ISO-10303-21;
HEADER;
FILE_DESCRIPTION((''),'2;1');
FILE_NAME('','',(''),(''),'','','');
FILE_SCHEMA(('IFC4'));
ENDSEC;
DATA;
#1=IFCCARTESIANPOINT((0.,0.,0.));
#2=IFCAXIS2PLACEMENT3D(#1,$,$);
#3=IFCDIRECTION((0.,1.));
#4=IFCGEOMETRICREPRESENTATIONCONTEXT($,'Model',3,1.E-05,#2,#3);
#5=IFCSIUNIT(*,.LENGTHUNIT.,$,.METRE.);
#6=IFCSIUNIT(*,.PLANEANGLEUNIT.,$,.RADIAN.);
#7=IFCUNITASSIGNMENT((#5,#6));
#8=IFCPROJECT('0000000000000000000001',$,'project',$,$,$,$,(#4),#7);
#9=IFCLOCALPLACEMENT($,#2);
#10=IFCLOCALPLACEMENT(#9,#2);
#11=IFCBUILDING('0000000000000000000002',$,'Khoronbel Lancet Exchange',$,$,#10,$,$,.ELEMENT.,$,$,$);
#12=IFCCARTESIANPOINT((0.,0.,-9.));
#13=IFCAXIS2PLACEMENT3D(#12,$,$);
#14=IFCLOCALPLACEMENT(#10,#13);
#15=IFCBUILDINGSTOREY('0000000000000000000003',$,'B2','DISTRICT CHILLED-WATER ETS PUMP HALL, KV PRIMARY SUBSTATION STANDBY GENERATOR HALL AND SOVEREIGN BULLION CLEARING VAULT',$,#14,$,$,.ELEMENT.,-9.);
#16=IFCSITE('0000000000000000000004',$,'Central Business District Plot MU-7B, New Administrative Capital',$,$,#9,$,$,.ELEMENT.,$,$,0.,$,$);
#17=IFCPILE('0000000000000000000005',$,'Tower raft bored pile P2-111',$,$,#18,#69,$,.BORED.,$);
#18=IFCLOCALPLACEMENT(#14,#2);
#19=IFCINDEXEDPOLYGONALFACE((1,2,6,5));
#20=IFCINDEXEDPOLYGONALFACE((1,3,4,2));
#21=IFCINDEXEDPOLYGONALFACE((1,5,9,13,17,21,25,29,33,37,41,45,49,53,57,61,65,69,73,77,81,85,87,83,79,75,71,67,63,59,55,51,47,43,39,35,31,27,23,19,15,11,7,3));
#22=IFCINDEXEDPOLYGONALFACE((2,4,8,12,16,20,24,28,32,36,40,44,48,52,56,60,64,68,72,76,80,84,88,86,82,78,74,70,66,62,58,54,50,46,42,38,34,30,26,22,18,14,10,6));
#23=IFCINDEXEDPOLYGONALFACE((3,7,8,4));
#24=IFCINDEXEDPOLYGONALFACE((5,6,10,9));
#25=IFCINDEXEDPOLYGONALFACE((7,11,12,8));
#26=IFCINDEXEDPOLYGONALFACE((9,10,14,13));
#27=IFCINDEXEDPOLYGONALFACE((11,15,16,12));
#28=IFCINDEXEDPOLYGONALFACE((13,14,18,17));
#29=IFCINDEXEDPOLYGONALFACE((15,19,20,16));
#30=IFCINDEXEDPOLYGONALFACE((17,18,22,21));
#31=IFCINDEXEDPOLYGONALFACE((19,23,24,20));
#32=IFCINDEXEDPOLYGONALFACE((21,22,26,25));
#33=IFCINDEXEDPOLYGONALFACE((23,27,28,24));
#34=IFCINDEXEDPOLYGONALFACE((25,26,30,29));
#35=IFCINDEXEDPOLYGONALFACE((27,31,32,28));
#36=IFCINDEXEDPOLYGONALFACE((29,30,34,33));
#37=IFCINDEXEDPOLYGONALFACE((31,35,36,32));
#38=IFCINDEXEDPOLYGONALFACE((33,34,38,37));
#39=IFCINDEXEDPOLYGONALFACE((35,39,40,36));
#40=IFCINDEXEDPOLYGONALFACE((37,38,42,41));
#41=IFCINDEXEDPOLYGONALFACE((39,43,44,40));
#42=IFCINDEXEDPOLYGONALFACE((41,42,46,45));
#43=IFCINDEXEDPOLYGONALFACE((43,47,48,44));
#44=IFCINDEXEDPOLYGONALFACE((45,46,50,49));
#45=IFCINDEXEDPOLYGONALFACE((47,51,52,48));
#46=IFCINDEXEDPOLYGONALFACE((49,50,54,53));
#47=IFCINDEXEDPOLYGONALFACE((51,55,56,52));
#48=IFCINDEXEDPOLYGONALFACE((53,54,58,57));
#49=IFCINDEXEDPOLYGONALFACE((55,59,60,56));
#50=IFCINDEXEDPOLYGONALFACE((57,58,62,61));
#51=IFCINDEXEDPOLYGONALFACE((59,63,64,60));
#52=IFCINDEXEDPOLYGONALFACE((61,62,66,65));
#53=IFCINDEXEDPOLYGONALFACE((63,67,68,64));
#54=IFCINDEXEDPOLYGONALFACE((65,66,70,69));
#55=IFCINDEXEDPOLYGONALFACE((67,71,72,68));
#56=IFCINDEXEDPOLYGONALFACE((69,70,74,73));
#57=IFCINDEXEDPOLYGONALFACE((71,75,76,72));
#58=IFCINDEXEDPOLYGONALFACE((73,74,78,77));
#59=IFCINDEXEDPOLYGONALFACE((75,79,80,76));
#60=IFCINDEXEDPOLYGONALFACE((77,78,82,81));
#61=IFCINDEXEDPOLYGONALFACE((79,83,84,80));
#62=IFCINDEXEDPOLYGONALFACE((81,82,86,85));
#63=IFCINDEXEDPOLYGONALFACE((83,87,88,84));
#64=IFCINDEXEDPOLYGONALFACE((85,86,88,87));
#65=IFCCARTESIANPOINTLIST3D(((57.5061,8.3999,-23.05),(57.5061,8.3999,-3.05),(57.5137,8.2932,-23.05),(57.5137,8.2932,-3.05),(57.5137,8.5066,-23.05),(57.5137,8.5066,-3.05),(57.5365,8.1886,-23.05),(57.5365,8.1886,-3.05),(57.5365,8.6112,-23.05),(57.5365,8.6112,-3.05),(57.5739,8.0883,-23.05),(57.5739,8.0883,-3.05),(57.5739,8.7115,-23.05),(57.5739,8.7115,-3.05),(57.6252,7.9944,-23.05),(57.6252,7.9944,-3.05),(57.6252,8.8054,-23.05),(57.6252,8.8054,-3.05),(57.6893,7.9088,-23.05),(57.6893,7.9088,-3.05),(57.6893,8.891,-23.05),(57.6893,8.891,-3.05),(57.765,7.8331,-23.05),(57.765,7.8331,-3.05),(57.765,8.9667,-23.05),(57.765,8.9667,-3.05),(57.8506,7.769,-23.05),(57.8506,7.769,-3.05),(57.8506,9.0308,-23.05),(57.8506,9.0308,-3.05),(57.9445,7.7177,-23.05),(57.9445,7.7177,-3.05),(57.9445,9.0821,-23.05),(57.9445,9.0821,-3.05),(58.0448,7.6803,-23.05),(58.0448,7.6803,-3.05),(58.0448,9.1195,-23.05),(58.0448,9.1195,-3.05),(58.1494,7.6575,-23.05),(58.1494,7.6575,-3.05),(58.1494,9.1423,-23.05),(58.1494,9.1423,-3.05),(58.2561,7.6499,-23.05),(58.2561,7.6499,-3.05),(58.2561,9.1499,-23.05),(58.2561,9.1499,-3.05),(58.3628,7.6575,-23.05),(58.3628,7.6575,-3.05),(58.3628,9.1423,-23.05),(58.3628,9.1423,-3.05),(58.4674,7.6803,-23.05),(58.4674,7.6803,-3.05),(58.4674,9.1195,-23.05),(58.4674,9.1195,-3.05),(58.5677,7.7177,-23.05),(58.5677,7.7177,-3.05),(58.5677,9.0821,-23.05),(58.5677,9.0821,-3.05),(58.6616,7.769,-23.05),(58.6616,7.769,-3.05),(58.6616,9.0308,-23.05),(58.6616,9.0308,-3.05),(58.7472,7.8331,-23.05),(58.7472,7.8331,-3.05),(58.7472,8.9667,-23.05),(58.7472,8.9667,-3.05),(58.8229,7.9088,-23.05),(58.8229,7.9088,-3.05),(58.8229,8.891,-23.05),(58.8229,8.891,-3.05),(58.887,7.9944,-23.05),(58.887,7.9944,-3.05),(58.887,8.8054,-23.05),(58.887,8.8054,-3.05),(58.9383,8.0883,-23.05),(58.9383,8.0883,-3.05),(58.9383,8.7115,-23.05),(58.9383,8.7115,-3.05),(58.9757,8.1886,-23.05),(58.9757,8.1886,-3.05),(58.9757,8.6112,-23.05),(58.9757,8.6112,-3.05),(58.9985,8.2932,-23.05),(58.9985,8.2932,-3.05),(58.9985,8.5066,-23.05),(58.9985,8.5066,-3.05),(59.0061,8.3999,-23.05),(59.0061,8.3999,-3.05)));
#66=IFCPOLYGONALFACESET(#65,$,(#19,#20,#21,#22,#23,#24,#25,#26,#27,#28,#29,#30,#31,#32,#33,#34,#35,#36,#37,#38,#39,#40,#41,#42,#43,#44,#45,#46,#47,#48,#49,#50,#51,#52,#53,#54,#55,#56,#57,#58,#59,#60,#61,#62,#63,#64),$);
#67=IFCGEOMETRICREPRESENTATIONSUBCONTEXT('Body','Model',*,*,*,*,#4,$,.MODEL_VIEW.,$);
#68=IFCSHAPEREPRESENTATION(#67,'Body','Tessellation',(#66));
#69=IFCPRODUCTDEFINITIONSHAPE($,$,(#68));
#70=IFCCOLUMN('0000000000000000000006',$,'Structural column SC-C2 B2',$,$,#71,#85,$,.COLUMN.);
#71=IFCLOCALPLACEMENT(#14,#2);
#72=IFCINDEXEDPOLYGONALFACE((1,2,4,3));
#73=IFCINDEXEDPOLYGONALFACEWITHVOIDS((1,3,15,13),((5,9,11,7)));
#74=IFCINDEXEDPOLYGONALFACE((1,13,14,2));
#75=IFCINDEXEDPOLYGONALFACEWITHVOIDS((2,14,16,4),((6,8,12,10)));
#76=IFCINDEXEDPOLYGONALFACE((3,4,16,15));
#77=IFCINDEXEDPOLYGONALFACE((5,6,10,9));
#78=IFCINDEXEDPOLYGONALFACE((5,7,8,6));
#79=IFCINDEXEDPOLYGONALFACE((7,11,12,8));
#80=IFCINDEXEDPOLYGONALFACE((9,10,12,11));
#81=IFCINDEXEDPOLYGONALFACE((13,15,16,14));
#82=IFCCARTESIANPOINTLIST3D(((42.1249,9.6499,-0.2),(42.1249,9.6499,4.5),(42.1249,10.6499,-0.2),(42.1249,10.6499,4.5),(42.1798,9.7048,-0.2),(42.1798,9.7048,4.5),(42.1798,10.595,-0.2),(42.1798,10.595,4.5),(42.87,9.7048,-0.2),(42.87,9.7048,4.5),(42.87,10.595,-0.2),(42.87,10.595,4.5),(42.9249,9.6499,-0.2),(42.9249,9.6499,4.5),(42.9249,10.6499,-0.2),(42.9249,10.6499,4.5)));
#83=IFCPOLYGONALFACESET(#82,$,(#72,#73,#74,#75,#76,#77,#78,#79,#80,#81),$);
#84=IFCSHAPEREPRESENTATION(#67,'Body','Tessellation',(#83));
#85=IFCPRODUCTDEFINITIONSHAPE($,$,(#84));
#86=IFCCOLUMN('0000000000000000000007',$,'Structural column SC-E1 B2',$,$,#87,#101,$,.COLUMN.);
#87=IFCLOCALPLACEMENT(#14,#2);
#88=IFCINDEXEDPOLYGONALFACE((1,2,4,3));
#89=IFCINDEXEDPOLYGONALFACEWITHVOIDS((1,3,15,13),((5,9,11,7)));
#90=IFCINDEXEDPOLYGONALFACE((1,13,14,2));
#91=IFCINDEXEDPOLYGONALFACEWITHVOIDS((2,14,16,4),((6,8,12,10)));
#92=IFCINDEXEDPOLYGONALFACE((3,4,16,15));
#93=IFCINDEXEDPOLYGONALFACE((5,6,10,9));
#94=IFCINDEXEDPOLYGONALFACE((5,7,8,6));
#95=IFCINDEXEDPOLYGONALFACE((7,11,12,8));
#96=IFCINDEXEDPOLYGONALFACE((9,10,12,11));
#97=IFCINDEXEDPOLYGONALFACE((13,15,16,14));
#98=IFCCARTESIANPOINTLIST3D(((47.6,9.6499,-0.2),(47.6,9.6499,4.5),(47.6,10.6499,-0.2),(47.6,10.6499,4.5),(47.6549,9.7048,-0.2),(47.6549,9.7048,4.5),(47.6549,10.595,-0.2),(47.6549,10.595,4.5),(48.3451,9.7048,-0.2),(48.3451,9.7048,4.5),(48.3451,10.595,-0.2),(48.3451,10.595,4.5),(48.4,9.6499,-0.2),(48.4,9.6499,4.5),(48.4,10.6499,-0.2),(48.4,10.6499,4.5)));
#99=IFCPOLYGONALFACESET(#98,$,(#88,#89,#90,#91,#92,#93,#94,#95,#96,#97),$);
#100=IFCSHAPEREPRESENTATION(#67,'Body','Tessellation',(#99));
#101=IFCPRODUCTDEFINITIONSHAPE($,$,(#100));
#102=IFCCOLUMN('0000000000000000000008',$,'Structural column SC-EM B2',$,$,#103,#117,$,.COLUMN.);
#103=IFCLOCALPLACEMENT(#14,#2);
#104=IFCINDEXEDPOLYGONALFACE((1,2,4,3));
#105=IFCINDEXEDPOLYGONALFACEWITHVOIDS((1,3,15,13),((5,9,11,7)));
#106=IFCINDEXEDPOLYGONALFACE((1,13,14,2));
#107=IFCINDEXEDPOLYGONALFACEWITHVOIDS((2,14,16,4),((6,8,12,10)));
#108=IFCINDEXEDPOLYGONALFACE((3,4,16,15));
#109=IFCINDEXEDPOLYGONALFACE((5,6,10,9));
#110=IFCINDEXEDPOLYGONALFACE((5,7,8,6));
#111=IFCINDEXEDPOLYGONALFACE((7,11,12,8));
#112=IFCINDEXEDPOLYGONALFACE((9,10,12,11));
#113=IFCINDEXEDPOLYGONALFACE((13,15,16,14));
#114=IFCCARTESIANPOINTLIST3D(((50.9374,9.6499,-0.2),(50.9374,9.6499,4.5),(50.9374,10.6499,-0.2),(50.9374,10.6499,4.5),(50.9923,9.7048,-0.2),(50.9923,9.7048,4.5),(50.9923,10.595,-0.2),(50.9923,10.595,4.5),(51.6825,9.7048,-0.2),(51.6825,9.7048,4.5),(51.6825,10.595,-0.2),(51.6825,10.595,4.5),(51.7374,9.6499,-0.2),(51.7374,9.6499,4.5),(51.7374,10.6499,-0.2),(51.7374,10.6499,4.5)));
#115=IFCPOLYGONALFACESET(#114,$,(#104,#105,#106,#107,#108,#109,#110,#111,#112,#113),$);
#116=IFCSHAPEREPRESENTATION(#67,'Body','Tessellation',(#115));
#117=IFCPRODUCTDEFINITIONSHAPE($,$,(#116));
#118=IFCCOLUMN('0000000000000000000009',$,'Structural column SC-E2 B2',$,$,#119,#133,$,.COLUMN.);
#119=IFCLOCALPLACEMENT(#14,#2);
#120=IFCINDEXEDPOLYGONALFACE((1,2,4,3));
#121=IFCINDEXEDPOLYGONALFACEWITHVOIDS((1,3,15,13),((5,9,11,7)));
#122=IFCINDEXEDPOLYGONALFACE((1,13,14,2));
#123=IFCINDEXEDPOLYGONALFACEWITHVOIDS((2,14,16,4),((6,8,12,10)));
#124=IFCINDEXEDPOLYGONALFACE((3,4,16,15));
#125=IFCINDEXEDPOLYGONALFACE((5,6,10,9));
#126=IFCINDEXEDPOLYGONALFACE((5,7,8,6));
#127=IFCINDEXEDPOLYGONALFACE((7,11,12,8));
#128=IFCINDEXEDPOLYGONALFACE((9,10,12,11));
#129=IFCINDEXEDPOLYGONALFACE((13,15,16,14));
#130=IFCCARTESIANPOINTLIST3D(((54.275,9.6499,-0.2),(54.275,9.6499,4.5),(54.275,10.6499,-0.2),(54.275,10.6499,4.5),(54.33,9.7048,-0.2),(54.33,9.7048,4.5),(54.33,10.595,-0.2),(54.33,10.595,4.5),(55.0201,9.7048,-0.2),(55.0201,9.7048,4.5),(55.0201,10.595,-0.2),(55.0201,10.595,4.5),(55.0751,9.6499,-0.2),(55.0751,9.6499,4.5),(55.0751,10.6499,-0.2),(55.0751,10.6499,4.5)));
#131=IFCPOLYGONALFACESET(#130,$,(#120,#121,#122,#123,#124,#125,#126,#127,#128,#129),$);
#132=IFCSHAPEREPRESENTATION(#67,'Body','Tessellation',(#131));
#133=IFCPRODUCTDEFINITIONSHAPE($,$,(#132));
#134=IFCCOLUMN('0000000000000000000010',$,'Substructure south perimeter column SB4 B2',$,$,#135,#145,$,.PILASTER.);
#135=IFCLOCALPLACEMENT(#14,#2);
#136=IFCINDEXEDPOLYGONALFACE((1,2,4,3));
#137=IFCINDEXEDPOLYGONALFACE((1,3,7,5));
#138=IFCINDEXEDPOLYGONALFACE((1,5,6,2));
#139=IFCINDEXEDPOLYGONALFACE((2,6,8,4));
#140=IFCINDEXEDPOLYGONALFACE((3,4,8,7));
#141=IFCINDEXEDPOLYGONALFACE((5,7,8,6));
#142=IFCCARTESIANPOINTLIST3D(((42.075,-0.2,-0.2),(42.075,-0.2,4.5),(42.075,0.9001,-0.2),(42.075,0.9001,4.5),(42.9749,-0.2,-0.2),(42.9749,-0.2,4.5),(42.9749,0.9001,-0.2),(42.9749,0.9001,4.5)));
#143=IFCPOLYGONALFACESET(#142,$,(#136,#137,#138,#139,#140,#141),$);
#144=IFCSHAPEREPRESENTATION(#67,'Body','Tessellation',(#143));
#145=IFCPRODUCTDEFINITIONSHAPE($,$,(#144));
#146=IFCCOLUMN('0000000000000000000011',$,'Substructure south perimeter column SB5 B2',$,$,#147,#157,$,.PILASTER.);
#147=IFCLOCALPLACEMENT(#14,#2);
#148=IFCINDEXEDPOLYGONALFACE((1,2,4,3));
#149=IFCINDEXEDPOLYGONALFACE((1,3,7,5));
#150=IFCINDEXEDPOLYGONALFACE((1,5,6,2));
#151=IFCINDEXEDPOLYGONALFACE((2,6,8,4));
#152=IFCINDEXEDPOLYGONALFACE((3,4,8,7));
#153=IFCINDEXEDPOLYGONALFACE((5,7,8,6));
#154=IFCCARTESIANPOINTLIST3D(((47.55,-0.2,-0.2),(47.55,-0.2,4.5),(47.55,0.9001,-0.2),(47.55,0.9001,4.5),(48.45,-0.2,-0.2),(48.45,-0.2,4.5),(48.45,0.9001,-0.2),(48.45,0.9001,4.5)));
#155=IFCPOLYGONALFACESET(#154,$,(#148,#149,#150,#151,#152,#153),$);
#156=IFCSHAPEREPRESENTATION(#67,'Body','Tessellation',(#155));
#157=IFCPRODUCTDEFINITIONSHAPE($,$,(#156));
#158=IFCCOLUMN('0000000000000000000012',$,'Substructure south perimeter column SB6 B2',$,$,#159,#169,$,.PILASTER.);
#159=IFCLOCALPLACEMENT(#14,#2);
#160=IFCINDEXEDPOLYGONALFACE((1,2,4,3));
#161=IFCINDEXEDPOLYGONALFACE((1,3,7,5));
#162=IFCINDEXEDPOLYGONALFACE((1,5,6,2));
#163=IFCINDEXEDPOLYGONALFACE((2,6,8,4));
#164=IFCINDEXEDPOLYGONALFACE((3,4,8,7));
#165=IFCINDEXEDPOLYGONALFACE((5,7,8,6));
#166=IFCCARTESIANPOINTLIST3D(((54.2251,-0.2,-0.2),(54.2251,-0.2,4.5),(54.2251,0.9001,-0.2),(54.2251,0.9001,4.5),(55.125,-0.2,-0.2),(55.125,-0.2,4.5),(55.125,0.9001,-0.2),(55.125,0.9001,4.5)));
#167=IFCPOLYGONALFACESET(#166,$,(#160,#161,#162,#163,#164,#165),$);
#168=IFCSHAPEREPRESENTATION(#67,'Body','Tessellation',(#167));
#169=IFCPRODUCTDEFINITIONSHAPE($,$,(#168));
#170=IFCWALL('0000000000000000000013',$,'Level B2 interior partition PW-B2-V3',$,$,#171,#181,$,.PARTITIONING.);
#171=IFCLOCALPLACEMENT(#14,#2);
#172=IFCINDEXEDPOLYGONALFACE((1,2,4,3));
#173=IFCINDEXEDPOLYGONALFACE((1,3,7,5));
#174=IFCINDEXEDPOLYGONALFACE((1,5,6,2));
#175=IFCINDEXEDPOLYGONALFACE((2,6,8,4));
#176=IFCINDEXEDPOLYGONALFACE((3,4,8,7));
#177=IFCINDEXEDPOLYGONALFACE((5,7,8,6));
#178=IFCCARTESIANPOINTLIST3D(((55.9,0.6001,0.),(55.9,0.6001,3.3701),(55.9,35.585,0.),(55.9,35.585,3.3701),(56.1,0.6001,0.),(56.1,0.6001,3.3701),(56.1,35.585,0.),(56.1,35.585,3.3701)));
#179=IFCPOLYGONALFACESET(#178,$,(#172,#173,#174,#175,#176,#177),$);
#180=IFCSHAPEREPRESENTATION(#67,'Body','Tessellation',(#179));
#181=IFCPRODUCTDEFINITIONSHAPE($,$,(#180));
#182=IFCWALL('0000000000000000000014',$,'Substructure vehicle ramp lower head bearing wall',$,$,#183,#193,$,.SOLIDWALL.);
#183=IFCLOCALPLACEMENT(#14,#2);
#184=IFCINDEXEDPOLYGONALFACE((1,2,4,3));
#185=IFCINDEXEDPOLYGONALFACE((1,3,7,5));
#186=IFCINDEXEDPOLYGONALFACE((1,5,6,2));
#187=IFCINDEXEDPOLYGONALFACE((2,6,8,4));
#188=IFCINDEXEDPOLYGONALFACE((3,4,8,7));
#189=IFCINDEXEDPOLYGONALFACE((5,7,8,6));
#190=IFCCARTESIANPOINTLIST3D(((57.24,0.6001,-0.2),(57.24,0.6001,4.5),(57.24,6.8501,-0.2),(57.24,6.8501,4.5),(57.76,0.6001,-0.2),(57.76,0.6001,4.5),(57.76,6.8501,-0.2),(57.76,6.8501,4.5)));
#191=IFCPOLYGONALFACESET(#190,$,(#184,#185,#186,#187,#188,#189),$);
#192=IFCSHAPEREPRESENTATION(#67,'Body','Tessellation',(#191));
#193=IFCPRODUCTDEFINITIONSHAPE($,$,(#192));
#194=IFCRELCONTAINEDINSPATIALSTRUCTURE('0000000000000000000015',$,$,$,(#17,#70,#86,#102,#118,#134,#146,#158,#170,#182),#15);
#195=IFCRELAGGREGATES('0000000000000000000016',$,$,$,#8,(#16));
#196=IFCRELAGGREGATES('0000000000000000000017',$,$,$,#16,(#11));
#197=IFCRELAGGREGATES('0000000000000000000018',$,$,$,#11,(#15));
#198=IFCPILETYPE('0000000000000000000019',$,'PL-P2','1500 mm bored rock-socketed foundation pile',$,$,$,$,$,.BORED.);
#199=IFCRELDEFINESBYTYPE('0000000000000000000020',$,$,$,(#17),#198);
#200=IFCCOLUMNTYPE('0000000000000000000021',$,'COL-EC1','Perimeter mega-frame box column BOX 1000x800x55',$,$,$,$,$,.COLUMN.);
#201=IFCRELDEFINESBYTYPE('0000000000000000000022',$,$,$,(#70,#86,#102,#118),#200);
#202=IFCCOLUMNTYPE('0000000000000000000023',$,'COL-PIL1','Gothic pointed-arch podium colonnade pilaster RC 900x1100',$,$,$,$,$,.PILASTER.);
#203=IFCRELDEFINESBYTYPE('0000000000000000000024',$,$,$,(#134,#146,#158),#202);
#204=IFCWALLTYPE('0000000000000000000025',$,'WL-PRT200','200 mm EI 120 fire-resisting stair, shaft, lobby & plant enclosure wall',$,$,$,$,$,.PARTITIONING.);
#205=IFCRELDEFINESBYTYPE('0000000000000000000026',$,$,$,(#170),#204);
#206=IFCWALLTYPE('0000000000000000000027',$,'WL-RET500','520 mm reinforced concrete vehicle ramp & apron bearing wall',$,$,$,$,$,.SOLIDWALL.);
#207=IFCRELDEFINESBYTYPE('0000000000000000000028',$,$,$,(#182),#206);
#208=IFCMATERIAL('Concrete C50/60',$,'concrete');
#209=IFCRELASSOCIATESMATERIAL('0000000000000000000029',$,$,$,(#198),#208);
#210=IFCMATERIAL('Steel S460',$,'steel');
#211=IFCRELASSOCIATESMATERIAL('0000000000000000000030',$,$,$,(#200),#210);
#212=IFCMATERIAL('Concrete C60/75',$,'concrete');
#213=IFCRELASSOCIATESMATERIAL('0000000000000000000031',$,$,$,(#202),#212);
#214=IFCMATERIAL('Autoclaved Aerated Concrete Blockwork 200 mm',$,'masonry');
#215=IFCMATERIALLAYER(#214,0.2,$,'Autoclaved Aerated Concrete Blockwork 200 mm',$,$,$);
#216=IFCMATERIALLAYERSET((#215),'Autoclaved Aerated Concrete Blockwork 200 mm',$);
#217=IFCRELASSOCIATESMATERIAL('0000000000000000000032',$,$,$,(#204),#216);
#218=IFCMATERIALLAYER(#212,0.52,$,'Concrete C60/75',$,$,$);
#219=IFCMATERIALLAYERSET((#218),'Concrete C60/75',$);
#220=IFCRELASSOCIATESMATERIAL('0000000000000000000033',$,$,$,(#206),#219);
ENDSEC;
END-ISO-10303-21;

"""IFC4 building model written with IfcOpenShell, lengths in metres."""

from ifc_helpers import new_model, si_unit, direction, frame, frame_2d, origin, origin_2d, place, context, subcontext, project, spatial, rectangle, hollow_rectangle, circle, extrude, material, layer, layer_set, material_profile, profile_set, type_object, element, save


model = new_model("IFC4")

# Units and contexts
model_context = context("Model", 3, precision=1e-05, world=origin(), true_north=direction((0.0, 1.0)))
body_context = subcontext(model_context, "Body", "Model", "MODEL_VIEW")
ifc_project = project(units=[si_unit("LENGTHUNIT", "METRE"), si_unit("PLANEANGLEUNIT", "RADIAN")], contexts=[model_context])

# Site, building, storey
site_placement = place(None, origin())
site = spatial("IfcSite", under=ifc_project, at=site_placement, Name="Central Business District Plot MU-7B, New Administrative Capital", CompositionType="ELEMENT", RefElevation=0.0)
building_placement = place(site_placement, origin())
building = spatial("IfcBuilding", under=site, at=building_placement, Name="Khoronbel Lancet Exchange", CompositionType="ELEMENT")
storey_placement = place(building_placement, frame((0.0, 0.0, -9.0)))
storey = spatial("IfcBuildingStorey", under=building, at=storey_placement, Name="B2", Description="DISTRICT CHILLED-WATER ETS PUMP HALL, KV PRIMARY SUBSTATION STANDBY GENERATOR HALL AND SOVEREIGN BULLION CLEARING VAULT", CompositionType="ELEMENT", Elevation=-9.0)

# Pile
ifc_material_1 = material(Name="Concrete C50/60", Category="concrete")
ifc_material_profile_1 = material_profile(ifc_material_1, circle(Radius=0.75, at=origin_2d()), Name="BORED PILE D1500")
ifc_profile_set_1 = profile_set([ifc_material_profile_1], Name="Concrete C50/60")
pile_type_1 = type_object("IfcPileType", Name="PL-P2", Description="1500 mm bored rock-socketed foundation pile", PredefinedType="BORED", material=ifc_profile_set_1)
for number, where, z_axis, x_axis, name in (
    (1, (58.2561, 8.3999, -3.05), (0.0, 0.0, -1.0), (1.0, 0.0, 0.0), "Tower raft bored pile P2-111"),
):
    element("IfcPile", number, at=place(storey_placement, frame(where, z_axis=z_axis, x_axis=x_axis)), inside=storey, type_object=pile_type_1, Name=name, PredefinedType="BORED", context=body_context, shape_type="SweptSolid", body=[
        extrude(circle(Radius=0.75, at=origin_2d()), origin(), (0.0, 0.0, 1.0), 20.0),
    ])

# Columns
ifc_material_2 = material(Name="Steel S460", Category="steel")
ifc_material_profile_2 = material_profile(ifc_material_2, hollow_rectangle(XDim=0.8, YDim=1.0, WallThickness=0.0549, at=origin_2d()), Name="BOX 1000x800x55")
ifc_profile_set_2 = profile_set([ifc_material_profile_2], Name="Steel S460")
column_type_1 = type_object("IfcColumnType", Name="COL-EC1", Description="Perimeter mega-frame box column BOX 1000x800x55", PredefinedType="COLUMN", material=ifc_profile_set_2)
for number, where, z_axis, x_axis, name in (
    (2, (42.5249, 10.1499, -0.2), (0.0, 0.0, 1.0), (1.0, 0.0, 0.0), "Structural column SC-C2 B2"),
    (3, (48.0, 10.1499, -0.2), (0.0, 0.0, 1.0), (1.0, 0.0, 0.0), "Structural column SC-E1 B2"),
    (4, (51.3374, 10.1499, -0.2), (0.0, 0.0, 1.0), (1.0, 0.0, 0.0), "Structural column SC-EM B2"),
    (5, (54.675, 10.1499, -0.2), (0.0, 0.0, 1.0), (1.0, 0.0, 0.0), "Structural column SC-E2 B2"),
):
    element("IfcColumn", number, at=place(storey_placement, frame(where, z_axis=z_axis, x_axis=x_axis)), inside=storey, type_object=column_type_1, Name=name, PredefinedType="COLUMN", context=body_context, shape_type="SweptSolid", body=[
        extrude(hollow_rectangle(XDim=0.8, YDim=1.0, WallThickness=0.0549, at=origin_2d()), origin(), (0.0, 0.0, 1.0), 4.7),
    ])
ifc_material_3 = material(Name="Concrete C60/75", Category="concrete")
ifc_material_profile_3 = material_profile(ifc_material_3, rectangle(XDim=0.8999, YDim=1.1001, at=origin_2d()), Name="RC 900x1100")
ifc_profile_set_3 = profile_set([ifc_material_profile_3], Name="Concrete C60/75")
column_type_2 = type_object("IfcColumnType", Name="COL-PIL1", Description="Gothic pointed-arch podium colonnade pilaster RC 900x1100", PredefinedType="PILASTER", material=ifc_profile_set_3)
for number, where, z_axis, x_axis, name in (
    (6, (42.5249, 0.3501, -0.2), (0.0, 0.0, 1.0), (1.0, 0.0, 0.0), "Substructure south perimeter column SB4 B2"),
    (7, (48.0, 0.3501, -0.2), (0.0, 0.0, 1.0), (1.0, 0.0, 0.0), "Substructure south perimeter column SB5 B2"),
    (8, (54.675, 0.3501, -0.2), (0.0, 0.0, 1.0), (1.0, 0.0, 0.0), "Substructure south perimeter column SB6 B2"),
):
    element("IfcColumn", number, at=place(storey_placement, frame(where, z_axis=z_axis, x_axis=x_axis)), inside=storey, type_object=column_type_2, Name=name, PredefinedType="PILASTER", context=body_context, shape_type="SweptSolid", body=[
        extrude(rectangle(XDim=0.8999, YDim=1.1001, at=origin_2d()), origin(), (0.0, 0.0, 1.0), 4.7),
    ])

# Walls
ifc_material_4 = material(Name="Autoclaved Aerated Concrete Blockwork 200 mm", Category="masonry")
ifc_layer_1 = layer(ifc_material_4, 0.2, Name="Autoclaved Aerated Concrete Blockwork 200 mm")
ifc_layer_set_1 = layer_set([ifc_layer_1], Name="Autoclaved Aerated Concrete Blockwork 200 mm")
wall_type_1 = type_object("IfcWallType", Name="WL-PRT200", Description="200 mm EI 120 fire-resisting stair, shaft, lobby & plant enclosure wall", PredefinedType="PARTITIONING", material=ifc_layer_set_1)
wall_1_placement = place(storey_placement, frame((56.0, 0.6001, 0.0), z_axis=(0.0, 0.0, 1.0), x_axis=(0.0, 1.0, 0.0)))
element("IfcWall", 9, at=wall_1_placement, inside=storey, type_object=wall_type_1, Name="Level B2 interior partition PW-B2-V3", PredefinedType="PARTITIONING", context=body_context, shape_type="SweptSolid", body=[
    extrude(rectangle(XDim=34.9849, YDim=0.2, at=frame_2d((17.4924, 0.0))), origin(), (0.0, 0.0, 1.0), 3.3701),
])
ifc_layer_2 = layer(ifc_material_3, 0.52, Name="Concrete C60/75")
ifc_layer_set_2 = layer_set([ifc_layer_2], Name="Concrete C60/75")
wall_type_2 = type_object("IfcWallType", Name="WL-RET500", Description="520 mm reinforced concrete vehicle ramp & apron bearing wall", PredefinedType="SOLIDWALL", material=ifc_layer_set_2)
wall_2_placement = place(storey_placement, frame((57.5, 0.6001, -0.2), z_axis=(0.0, 0.0, 1.0), x_axis=(0.0, 1.0, 0.0)))
element("IfcWall", 10, at=wall_2_placement, inside=storey, type_object=wall_type_2, Name="Substructure vehicle ramp lower head bearing wall", PredefinedType="SOLIDWALL", context=body_context, shape_type="SweptSolid", body=[
    extrude(rectangle(XDim=6.25, YDim=0.52, at=frame_2d((3.125, 0.0))), origin(), (0.0, 0.0, 1.0), 4.7),
])

save(model, "model.ifc")
